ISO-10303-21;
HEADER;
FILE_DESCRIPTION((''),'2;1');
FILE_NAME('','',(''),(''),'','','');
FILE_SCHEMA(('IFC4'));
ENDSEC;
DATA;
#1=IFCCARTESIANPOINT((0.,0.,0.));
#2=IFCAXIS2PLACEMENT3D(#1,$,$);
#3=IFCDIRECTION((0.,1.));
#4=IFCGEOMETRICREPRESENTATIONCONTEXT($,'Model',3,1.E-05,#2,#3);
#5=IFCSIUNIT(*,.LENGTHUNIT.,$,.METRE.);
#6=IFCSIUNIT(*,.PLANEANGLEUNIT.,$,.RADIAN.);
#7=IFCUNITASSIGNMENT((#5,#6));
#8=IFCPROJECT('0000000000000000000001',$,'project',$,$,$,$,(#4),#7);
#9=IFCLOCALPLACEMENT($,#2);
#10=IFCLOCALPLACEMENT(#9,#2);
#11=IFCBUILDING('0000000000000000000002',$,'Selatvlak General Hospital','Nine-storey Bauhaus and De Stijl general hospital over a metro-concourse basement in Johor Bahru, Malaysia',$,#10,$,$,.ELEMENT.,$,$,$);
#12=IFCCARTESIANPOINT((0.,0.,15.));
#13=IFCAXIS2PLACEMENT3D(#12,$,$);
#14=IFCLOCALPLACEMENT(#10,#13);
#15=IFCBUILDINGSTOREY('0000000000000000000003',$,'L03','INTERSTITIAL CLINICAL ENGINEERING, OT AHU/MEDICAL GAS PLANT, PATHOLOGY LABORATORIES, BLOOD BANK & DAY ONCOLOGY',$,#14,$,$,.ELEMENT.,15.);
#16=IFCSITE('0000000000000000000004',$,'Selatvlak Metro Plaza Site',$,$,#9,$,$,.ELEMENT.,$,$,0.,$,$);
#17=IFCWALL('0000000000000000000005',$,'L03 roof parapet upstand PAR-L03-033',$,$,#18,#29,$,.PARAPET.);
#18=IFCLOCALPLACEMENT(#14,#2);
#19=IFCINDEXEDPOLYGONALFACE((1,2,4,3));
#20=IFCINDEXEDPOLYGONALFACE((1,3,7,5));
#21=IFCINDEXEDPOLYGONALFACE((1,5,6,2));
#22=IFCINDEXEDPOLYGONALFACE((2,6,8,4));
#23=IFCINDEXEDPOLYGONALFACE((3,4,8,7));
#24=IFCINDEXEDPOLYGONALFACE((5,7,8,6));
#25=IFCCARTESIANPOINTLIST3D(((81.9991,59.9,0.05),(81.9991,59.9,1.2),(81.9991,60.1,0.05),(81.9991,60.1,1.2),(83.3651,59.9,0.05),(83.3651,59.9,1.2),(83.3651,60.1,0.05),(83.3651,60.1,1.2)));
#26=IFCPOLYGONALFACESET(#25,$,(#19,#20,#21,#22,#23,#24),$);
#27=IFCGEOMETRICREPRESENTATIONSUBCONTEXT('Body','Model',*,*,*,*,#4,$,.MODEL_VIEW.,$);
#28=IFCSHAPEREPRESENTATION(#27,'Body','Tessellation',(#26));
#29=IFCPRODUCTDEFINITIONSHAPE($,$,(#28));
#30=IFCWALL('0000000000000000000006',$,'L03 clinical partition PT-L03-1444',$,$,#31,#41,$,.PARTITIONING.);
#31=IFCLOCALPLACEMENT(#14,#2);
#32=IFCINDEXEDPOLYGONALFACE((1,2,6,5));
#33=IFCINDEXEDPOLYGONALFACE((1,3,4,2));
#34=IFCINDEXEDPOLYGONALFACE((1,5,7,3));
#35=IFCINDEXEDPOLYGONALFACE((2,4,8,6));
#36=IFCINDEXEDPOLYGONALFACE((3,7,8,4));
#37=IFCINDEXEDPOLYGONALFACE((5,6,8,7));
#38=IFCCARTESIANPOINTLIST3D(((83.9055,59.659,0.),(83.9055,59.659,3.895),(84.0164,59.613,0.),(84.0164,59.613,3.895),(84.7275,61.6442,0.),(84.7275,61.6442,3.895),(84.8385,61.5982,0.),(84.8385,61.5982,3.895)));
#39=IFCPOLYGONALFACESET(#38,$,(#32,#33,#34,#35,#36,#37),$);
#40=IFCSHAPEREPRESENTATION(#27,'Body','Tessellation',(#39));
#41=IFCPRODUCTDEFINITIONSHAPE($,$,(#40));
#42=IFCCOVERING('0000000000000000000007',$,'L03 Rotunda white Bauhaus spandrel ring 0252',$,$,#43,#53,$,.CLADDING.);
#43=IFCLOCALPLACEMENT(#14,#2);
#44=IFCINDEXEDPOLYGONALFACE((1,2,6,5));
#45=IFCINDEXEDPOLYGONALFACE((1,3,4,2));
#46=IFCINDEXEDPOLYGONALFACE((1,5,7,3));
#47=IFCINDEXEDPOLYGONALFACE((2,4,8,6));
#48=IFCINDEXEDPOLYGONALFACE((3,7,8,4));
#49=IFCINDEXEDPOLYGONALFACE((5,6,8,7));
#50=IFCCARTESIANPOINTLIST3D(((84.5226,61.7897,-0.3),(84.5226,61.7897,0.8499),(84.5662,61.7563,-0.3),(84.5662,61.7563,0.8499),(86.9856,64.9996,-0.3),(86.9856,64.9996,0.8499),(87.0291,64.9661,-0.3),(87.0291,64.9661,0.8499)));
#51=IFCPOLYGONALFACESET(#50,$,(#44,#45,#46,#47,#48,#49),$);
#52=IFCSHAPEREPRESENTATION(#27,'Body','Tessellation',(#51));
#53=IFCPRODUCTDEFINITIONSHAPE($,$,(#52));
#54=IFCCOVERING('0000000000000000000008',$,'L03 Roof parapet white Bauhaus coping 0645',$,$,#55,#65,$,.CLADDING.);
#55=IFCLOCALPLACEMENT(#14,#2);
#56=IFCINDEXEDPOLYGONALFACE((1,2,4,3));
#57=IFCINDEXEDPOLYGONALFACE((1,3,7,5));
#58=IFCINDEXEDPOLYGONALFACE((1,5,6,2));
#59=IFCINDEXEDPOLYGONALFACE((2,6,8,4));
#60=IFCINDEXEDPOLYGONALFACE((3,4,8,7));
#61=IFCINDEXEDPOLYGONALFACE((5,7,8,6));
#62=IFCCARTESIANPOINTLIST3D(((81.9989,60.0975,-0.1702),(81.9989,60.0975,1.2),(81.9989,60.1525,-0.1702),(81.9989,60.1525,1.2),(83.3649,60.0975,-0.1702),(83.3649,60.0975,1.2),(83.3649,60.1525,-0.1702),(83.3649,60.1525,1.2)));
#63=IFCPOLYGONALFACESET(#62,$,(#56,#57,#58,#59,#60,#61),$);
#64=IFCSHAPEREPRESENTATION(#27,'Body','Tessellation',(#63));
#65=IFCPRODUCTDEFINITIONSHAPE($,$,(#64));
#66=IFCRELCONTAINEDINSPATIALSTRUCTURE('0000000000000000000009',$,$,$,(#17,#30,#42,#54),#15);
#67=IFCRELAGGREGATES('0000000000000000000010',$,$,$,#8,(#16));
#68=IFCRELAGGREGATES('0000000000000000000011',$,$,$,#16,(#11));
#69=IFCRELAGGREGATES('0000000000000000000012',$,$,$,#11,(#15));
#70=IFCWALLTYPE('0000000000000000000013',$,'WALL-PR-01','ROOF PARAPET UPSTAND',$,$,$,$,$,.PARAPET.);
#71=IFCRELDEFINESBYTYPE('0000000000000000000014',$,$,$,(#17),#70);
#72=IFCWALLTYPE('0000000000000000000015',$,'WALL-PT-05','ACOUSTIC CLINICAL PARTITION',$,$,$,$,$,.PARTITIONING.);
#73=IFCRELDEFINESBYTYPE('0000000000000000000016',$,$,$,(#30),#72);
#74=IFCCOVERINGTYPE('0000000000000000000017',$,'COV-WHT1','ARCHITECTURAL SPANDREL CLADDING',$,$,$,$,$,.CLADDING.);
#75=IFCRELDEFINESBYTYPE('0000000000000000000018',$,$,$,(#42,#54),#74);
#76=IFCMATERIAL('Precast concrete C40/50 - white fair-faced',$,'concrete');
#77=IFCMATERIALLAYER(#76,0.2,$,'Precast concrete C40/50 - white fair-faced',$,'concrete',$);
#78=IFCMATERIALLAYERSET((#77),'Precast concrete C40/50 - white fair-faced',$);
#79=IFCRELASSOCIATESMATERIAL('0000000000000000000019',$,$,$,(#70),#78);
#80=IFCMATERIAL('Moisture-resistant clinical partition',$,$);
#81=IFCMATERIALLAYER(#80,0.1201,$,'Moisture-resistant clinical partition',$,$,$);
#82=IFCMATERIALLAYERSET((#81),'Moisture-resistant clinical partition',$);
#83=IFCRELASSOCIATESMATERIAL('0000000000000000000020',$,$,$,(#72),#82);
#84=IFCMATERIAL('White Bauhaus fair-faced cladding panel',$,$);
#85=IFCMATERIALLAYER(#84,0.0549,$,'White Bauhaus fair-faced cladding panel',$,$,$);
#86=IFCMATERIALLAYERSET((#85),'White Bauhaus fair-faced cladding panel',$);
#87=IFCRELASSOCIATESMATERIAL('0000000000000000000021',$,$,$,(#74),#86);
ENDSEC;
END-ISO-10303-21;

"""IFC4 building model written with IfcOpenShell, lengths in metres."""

from ifc_helpers import new_model, si_unit, direction, frame, frame_2d, origin, origin_2d, place, context, subcontext, project, spatial, rectangle, extrude, material, layer, layer_set, type_object, element, save


model = new_model("IFC4")

# Units and contexts
model_context = context("Model", 3, precision=1e-05, world=origin(), true_north=direction((0.0, 1.0)))
body_context = subcontext(model_context, "Body", "Model", "MODEL_VIEW")
ifc_project = project(units=[si_unit("LENGTHUNIT", "METRE"), si_unit("PLANEANGLEUNIT", "RADIAN")], contexts=[model_context])

# Site, building, storey
site_placement = place(None, origin())
site = spatial("IfcSite", under=ifc_project, at=site_placement, Name="Selatvlak Metro Plaza Site", CompositionType="ELEMENT", RefElevation=0.0)
building_placement = place(site_placement, origin())
building = spatial("IfcBuilding", under=site, at=building_placement, Name="Selatvlak General Hospital", Description="Nine-storey Bauhaus and De Stijl general hospital over a metro-concourse basement in Johor Bahru, Malaysia", CompositionType="ELEMENT")
storey_placement = place(building_placement, frame((0.0, 0.0, 15.0)))
storey = spatial("IfcBuildingStorey", under=building, at=storey_placement, Name="L03", Description="INTERSTITIAL CLINICAL ENGINEERING, OT AHU/MEDICAL GAS PLANT, PATHOLOGY LABORATORIES, BLOOD BANK & DAY ONCOLOGY", CompositionType="ELEMENT", Elevation=15.0)

# Walls
ifc_material_1 = material(Name="Precast concrete C40/50 - white fair-faced", Category="concrete")
ifc_layer_1 = layer(ifc_material_1, 0.2, Name="Precast concrete C40/50 - white fair-faced", Category="concrete")
ifc_layer_set_1 = layer_set([ifc_layer_1], Name="Precast concrete C40/50 - white fair-faced")
wall_type_1 = type_object("IfcWallType", Name="WALL-PR-01", Description="ROOF PARAPET UPSTAND", PredefinedType="PARAPET", material=ifc_layer_set_1)
wall_1_placement = place(storey_placement, frame((81.999, 60.0, 0.05), z_axis=(0.0, 0.0, 1.0), x_axis=(1.0, 0.0, 0.0)))
element("IfcWall", 1, at=wall_1_placement, inside=storey, type_object=wall_type_1, Name="L03 roof parapet upstand PAR-L03-033", PredefinedType="PARAPET", context=body_context, shape_type="SweptSolid", body=[
    extrude(rectangle(XDim=1.366, YDim=0.2, at=frame_2d((0.6831, 0.0))), origin(), (0.0, 0.0, 1.0), 1.1499),
])
ifc_material_2 = material(Name="Moisture-resistant clinical partition")
ifc_layer_2 = layer(ifc_material_2, 0.1201, Name="Moisture-resistant clinical partition")
ifc_layer_set_2 = layer_set([ifc_layer_2], Name="Moisture-resistant clinical partition")
wall_type_2 = type_object("IfcWallType", Name="WALL-PT-05", Description="ACOUSTIC CLINICAL PARTITION", PredefinedType="PARTITIONING", material=ifc_layer_set_2)
wall_2_placement = place(storey_placement, frame((84.783, 61.6211, 0.0), z_axis=(0.0, 0.0, 1.0), x_axis=(-0.382589, -0.923919, 0.0)))
element("IfcWall", 2, at=wall_2_placement, inside=storey, type_object=wall_type_2, Name="L03 clinical partition PT-L03-1444", PredefinedType="PARTITIONING", context=body_context, shape_type="SweptSolid", body=[
    extrude(rectangle(XDim=2.1487, YDim=0.1201, at=frame_2d((1.0742, 0.0))), origin(), (0.0, 0.0, 1.0), 3.895),
])

# Coverings
ifc_material_3 = material(Name="White Bauhaus fair-faced cladding panel")
ifc_layer_3 = layer(ifc_material_3, 0.0549, Name="White Bauhaus fair-faced cladding panel")
ifc_layer_set_3 = layer_set([ifc_layer_3], Name="White Bauhaus fair-faced cladding panel")
covering_type = type_object("IfcCoveringType", Name="COV-WHT1", Description="ARCHITECTURAL SPANDREL CLADDING", PredefinedType="CLADDING", material=ifc_layer_set_3)
covering_1_placement = place(storey_placement, frame((85.7759, 63.3779, -0.3), z_axis=(0.0, 0.0, 1.0), x_axis=(0.608748, 0.793364, 0.0)))
element("IfcCovering", 3, at=covering_1_placement, inside=storey, type_object=covering_type, Name="L03 Rotunda white Bauhaus spandrel ring 0252", PredefinedType="CLADDING", context=body_context, shape_type="SweptSolid", body=[
    extrude(rectangle(XDim=4.0459, YDim=0.0549, at=origin_2d()), origin(), (0.0, 0.0, 1.0), 1.1499),
])
covering_2_placement = place(storey_placement, frame((82.6819, 60.125, -0.1702), z_axis=(0.0, 0.0, 1.0), x_axis=(1.0, 0.0, 0.0)))
element("IfcCovering", 4, at=covering_2_placement, inside=storey, type_object=covering_type, Name="L03 Roof parapet white Bauhaus coping 0645", PredefinedType="CLADDING", context=body_context, shape_type="SweptSolid", body=[
    extrude(rectangle(XDim=1.366, YDim=0.0549, at=origin_2d()), origin(), (0.0, 0.0, 1.0), 1.3701),
])

save(model, "model.ifc")
